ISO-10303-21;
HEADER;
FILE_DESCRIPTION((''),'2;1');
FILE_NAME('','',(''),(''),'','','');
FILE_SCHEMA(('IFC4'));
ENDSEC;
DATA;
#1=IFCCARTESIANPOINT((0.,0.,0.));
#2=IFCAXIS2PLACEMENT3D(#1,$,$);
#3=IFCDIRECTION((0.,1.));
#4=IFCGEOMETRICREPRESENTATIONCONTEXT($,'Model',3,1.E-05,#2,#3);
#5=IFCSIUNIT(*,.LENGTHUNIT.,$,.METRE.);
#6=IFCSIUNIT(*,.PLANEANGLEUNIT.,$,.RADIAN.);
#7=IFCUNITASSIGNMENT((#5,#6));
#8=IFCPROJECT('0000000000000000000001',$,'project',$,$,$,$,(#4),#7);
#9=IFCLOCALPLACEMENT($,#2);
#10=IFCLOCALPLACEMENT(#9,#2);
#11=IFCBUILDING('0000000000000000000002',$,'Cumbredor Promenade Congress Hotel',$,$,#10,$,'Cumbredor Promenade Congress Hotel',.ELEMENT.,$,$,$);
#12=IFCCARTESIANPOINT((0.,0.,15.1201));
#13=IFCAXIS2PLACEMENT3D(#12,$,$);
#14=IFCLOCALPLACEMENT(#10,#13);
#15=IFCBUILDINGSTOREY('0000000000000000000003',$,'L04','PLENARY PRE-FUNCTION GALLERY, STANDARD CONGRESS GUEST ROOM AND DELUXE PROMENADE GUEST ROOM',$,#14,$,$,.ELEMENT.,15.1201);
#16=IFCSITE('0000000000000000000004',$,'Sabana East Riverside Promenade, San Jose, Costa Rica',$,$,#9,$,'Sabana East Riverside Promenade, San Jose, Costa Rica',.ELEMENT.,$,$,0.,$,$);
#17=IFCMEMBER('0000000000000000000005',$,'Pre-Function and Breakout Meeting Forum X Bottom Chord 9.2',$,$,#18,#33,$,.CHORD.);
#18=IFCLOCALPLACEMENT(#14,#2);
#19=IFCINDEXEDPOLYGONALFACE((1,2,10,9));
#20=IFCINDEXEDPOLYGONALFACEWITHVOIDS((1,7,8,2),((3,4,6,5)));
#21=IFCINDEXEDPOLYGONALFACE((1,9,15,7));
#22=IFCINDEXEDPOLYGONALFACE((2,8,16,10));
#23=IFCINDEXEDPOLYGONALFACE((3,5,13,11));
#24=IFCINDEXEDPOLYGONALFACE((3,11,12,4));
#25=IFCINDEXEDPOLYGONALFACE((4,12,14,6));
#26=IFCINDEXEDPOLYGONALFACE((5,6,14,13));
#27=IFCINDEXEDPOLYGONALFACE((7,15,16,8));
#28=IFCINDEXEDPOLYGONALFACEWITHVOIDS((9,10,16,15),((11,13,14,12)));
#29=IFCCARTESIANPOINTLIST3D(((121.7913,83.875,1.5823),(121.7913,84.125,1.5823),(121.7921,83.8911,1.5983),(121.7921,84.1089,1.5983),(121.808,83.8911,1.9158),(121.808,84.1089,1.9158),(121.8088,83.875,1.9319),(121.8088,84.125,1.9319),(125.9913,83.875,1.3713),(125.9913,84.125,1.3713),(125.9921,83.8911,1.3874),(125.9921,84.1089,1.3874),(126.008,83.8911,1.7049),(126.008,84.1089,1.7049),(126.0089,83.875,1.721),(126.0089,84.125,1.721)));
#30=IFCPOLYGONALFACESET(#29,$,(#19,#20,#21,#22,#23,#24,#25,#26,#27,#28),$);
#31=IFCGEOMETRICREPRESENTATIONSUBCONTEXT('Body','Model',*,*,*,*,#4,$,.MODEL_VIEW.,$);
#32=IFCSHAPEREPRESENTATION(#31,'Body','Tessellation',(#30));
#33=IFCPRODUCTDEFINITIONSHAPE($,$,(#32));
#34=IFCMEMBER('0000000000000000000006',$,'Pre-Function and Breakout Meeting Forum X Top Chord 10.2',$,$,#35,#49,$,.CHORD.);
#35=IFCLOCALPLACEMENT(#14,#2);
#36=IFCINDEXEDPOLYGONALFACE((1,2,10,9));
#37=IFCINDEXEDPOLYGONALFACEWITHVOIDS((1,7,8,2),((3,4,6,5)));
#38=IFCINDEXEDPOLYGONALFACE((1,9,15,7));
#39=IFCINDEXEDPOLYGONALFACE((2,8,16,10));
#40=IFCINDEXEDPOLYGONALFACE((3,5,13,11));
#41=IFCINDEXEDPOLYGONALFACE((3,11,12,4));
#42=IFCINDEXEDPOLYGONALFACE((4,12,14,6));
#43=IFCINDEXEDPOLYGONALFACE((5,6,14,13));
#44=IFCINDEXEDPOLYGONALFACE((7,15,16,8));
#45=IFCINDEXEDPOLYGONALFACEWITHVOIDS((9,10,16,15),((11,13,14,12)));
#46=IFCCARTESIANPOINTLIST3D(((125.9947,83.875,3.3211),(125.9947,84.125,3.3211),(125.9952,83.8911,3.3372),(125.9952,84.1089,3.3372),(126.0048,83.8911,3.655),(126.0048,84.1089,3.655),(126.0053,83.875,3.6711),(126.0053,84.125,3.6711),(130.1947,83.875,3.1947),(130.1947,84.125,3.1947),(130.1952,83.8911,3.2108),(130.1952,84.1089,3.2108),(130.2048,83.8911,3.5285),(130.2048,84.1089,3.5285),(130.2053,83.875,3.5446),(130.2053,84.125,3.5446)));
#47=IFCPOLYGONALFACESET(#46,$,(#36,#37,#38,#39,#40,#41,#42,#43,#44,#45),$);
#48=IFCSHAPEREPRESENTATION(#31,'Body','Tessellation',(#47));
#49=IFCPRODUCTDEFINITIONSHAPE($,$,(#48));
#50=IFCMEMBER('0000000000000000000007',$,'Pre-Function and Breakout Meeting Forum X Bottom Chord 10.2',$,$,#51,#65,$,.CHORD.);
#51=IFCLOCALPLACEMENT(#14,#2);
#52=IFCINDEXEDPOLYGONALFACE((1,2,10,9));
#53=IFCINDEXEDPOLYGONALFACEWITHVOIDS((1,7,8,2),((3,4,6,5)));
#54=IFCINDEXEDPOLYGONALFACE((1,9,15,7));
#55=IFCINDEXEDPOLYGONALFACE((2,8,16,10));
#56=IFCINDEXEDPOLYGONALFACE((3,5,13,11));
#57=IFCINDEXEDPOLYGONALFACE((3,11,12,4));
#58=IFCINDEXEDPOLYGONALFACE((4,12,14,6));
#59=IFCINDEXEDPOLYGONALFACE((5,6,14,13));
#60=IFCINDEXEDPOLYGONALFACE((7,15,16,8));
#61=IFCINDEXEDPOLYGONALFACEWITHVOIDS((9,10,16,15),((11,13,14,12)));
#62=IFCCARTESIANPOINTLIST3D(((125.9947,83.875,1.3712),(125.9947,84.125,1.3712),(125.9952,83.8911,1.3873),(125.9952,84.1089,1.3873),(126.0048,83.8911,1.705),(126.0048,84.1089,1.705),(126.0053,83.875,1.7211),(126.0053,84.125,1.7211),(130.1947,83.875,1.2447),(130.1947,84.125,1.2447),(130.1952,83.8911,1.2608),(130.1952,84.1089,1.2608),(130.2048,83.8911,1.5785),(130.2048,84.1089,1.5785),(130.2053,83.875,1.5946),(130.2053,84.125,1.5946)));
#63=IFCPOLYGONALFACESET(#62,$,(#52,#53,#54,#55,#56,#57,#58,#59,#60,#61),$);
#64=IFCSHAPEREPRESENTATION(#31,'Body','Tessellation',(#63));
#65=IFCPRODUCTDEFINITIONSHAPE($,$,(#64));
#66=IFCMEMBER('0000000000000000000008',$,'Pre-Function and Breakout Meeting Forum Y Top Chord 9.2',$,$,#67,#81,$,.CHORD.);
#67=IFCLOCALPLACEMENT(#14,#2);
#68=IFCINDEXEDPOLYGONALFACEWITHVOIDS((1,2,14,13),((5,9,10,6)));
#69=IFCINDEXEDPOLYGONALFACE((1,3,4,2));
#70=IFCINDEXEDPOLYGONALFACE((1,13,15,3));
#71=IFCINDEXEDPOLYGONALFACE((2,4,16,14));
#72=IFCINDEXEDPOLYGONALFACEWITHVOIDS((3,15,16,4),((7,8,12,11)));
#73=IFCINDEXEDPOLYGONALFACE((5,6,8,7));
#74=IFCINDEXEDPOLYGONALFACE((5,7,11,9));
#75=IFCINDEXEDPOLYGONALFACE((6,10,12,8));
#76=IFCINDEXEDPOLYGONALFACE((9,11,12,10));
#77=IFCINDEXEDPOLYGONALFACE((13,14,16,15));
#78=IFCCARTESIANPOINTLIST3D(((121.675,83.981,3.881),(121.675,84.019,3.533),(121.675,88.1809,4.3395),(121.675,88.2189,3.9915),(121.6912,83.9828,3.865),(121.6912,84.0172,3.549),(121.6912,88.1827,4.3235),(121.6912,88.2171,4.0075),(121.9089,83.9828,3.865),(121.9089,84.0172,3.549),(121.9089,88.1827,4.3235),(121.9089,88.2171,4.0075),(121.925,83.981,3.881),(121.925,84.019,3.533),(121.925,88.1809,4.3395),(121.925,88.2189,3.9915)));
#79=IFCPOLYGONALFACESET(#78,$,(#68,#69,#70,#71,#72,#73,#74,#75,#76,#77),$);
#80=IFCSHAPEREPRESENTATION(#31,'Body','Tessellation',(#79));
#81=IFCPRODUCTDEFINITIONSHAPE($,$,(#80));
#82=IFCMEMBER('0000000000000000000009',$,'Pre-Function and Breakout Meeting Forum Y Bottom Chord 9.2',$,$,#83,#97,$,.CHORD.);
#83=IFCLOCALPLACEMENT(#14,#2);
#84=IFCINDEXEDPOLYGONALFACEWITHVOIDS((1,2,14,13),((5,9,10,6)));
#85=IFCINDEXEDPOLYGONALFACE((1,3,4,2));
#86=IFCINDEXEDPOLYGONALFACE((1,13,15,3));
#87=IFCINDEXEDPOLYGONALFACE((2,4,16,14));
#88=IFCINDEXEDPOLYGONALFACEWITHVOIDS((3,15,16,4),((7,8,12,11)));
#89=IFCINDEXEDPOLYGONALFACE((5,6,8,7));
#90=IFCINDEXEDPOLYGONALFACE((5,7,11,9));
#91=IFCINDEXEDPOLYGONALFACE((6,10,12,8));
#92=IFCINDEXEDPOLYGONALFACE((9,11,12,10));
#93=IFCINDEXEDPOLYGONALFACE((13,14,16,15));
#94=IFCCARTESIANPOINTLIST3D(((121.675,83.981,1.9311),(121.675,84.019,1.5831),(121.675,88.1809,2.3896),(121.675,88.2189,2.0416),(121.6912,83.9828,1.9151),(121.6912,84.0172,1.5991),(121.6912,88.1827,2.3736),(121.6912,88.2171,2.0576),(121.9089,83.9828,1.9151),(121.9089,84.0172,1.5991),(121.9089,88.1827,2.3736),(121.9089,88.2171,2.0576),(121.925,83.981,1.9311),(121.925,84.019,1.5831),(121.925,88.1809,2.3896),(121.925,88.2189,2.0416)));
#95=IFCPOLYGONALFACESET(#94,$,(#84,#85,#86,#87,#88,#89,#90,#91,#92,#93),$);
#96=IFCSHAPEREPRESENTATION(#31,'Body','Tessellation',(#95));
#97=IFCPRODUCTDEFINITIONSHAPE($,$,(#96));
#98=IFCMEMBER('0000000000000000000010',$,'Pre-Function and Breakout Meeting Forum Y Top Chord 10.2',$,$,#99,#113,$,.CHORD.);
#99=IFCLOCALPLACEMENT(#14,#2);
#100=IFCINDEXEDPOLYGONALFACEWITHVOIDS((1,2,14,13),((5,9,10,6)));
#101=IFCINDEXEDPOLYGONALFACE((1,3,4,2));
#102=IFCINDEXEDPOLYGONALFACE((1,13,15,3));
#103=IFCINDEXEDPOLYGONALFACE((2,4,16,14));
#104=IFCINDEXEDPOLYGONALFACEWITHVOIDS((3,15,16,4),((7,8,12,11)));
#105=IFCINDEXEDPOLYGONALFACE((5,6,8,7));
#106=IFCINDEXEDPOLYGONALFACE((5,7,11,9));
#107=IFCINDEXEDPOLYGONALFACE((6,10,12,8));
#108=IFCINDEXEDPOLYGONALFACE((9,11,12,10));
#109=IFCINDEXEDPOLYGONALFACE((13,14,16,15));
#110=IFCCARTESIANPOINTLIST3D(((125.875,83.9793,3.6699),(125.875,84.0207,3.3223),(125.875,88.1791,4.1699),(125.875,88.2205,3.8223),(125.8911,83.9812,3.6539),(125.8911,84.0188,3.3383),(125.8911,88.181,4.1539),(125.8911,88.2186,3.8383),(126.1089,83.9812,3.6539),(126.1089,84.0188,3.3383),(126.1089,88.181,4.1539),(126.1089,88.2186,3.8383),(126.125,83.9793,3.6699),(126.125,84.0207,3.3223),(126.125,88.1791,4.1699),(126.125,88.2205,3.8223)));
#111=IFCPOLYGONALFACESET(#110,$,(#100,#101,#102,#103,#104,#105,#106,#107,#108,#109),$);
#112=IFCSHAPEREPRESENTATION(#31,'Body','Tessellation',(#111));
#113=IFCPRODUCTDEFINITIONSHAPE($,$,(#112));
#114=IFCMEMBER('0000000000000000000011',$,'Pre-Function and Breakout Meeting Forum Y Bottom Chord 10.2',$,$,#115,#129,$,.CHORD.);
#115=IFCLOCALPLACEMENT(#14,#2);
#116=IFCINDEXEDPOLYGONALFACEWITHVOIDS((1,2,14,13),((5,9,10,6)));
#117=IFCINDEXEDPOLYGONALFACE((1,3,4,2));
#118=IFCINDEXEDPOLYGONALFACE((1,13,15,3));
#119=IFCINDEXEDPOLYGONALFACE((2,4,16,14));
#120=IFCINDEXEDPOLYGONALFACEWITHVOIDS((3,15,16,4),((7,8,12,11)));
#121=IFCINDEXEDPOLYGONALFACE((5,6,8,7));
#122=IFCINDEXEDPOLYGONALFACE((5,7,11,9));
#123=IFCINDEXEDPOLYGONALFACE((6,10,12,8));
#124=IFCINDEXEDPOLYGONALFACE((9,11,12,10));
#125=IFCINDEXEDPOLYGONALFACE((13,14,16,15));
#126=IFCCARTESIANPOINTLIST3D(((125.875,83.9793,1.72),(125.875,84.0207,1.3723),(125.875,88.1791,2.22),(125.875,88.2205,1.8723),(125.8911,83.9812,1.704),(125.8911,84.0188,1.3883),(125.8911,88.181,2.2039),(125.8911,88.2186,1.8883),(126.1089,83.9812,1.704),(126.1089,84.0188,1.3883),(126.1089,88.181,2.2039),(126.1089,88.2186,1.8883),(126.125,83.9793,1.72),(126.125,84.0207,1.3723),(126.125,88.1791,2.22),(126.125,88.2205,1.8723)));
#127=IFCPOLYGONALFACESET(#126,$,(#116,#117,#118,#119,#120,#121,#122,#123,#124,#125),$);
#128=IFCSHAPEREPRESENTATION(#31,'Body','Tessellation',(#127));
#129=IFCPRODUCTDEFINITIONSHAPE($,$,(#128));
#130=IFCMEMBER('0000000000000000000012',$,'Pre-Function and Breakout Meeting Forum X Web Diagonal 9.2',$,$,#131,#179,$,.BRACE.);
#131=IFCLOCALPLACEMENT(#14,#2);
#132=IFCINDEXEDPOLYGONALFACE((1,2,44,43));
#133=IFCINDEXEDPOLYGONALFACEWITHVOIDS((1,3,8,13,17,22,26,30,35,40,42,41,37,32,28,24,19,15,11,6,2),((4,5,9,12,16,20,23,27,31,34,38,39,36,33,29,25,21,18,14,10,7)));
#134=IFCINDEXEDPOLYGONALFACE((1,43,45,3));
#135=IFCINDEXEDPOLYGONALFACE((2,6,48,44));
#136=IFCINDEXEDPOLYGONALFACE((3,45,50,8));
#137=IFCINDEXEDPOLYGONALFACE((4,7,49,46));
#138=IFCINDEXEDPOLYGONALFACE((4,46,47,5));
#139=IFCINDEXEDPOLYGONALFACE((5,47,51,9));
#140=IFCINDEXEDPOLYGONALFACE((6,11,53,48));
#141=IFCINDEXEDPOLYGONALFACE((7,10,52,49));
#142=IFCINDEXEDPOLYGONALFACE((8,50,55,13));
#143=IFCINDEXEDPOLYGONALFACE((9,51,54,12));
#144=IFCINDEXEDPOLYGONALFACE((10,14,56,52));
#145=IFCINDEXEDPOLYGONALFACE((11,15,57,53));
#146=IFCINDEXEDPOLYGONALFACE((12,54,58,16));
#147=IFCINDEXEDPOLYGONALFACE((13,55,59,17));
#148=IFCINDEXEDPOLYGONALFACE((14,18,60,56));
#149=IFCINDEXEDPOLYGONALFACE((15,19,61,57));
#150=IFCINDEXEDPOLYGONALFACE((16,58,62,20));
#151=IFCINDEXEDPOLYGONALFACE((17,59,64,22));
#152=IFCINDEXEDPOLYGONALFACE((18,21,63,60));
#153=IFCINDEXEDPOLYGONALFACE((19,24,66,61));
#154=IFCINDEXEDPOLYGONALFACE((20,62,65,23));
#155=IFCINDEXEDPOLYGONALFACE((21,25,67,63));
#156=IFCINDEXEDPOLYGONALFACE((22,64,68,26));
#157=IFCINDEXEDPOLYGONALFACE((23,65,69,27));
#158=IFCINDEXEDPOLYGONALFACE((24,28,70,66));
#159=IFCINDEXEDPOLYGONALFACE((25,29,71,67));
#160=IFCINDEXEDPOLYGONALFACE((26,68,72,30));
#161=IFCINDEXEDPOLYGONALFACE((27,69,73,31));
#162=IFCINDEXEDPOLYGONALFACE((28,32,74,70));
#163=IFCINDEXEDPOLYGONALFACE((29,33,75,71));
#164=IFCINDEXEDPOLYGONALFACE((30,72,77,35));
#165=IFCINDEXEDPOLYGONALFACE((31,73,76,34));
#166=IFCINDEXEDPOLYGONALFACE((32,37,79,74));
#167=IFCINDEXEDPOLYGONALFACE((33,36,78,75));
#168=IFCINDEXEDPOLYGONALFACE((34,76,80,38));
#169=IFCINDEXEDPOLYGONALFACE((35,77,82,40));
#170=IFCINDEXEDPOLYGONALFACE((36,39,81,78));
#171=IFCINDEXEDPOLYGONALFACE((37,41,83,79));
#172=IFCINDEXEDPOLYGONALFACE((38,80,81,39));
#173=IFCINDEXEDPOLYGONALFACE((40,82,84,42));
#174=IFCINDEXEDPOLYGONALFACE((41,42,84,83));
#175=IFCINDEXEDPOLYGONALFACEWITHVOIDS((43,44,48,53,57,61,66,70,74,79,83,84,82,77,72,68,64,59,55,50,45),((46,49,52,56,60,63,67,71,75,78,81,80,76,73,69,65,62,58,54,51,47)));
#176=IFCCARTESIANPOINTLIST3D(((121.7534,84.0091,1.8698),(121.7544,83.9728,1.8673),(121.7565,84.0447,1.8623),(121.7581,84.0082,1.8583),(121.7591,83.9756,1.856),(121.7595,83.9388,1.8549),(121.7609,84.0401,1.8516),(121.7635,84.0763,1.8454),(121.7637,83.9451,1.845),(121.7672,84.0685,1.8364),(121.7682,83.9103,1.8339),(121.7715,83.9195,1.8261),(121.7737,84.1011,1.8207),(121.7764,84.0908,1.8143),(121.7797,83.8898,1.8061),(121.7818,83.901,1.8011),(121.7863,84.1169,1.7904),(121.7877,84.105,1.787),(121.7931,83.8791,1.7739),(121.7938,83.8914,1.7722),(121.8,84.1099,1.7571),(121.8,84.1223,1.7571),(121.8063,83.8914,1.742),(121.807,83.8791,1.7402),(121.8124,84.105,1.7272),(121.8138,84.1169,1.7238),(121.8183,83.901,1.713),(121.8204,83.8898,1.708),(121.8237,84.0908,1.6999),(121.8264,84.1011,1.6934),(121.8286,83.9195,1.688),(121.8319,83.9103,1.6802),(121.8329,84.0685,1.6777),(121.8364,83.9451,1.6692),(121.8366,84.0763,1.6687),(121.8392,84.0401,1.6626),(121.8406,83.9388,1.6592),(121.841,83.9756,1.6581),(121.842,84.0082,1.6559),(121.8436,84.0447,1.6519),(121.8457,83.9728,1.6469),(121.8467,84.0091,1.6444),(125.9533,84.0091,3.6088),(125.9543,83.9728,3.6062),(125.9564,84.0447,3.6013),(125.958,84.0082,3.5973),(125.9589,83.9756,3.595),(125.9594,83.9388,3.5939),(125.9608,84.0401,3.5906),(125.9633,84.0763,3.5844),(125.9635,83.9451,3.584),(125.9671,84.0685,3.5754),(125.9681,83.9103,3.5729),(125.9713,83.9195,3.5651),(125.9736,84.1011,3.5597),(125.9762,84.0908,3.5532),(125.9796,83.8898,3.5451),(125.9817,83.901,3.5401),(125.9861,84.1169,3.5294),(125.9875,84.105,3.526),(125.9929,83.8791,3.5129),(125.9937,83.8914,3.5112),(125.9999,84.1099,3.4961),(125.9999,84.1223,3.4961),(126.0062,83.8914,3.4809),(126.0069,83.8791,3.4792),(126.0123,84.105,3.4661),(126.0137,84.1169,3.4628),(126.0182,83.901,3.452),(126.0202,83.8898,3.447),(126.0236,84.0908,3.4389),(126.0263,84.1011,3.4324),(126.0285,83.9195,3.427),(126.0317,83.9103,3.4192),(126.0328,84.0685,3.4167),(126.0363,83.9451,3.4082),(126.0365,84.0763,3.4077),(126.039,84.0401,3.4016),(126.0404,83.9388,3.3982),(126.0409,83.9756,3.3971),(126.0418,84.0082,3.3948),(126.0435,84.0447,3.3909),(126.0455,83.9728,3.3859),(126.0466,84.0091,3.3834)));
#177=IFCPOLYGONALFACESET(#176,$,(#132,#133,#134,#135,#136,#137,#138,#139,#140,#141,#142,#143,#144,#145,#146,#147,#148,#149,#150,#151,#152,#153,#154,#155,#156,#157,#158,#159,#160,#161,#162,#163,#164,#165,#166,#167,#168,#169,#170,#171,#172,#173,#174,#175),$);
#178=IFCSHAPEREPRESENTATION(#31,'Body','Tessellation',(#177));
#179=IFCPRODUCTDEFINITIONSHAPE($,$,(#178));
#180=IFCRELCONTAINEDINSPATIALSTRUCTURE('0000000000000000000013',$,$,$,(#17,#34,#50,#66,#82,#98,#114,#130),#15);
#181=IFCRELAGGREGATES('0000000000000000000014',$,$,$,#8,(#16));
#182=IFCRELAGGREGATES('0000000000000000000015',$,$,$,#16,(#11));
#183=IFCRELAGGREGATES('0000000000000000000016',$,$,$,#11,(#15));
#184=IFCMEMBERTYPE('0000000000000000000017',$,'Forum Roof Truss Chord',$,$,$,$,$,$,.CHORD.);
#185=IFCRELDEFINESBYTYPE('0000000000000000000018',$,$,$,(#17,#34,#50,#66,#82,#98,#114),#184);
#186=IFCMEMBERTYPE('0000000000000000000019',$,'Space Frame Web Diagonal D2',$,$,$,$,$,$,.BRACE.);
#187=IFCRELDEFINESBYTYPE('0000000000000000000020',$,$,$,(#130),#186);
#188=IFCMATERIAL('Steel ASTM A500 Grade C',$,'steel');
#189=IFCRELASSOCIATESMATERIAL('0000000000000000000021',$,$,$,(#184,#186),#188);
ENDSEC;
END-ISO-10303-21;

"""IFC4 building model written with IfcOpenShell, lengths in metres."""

from ifc_helpers import new_model, si_unit, direction, frame, origin, origin_2d, place, context, subcontext, project, spatial, hollow_rectangle, hollow_circle, extrude, material, material_profile, profile_set, type_object, element, save


model = new_model("IFC4")

# Units and contexts
model_context = context("Model", 3, precision=1e-05, world=origin(), true_north=direction((0.0, 1.0)))
body_context = subcontext(model_context, "Body", "Model", "MODEL_VIEW")
ifc_project = project(units=[si_unit("LENGTHUNIT", "METRE"), si_unit("PLANEANGLEUNIT", "RADIAN")], contexts=[model_context])

# Site, building, storey
site_placement = place(None, origin())
site = spatial("IfcSite", under=ifc_project, at=site_placement, Name="Sabana East Riverside Promenade, San Jose, Costa Rica", LongName="Sabana East Riverside Promenade, San Jose, Costa Rica", CompositionType="ELEMENT", RefElevation=0.0)
building_placement = place(site_placement, origin())
building = spatial("IfcBuilding", under=site, at=building_placement, Name="Cumbredor Promenade Congress Hotel", LongName="Cumbredor Promenade Congress Hotel", CompositionType="ELEMENT")
storey_placement = place(building_placement, frame((0.0, 0.0, 15.1201)))
storey = spatial("IfcBuildingStorey", under=building, at=storey_placement, Name="L04", Description="PLENARY PRE-FUNCTION GALLERY, STANDARD CONGRESS GUEST ROOM AND DELUXE PROMENADE GUEST ROOM", CompositionType="ELEMENT", Elevation=15.1201)

# Members
ifc_material_1 = material(Name="Steel ASTM A500 Grade C", Category="steel")
ifc_material_profile_1 = material_profile(ifc_material_1, hollow_rectangle(XDim=0.25, YDim=0.3501, WallThickness=0.0161, at=origin_2d()), Name="HSS 350x250x16")
ifc_profile_set_1 = profile_set([ifc_material_profile_1], Name="Steel ASTM A500 Grade C")
member_type_1 = type_object("IfcMemberType", Name="Forum Roof Truss Chord", PredefinedType="CHORD", material=ifc_profile_set_1)
member_1_placement = place(storey_placement, frame((121.8, 84.0, 1.7571), z_axis=(0.998741, 0.0, -0.050161), x_axis=(0.0, 1.0, 0.0)))
element("IfcMember", 1, at=member_1_placement, inside=storey, type_object=member_type_1, Name="Pre-Function and Breakout Meeting Forum X Bottom Chord 9.2", PredefinedType="CHORD", context=body_context, shape_type="SweptSolid", body=[
    extrude(hollow_rectangle(XDim=0.25, YDim=0.3501, WallThickness=0.0161, at=origin_2d()), origin(), (0.0, 0.0, 1.0), 4.2053),
])
for number, where, z_axis, x_axis, name in (
    (2, (126.0, 84.0, 3.4961), (0.999547, 0.0, -0.030097), (0.0, 1.0, 0.0), "Pre-Function and Breakout Meeting Forum X Top Chord 10.2"),
    (3, (126.0, 84.0, 1.5461), (0.999547, 0.0, -0.030097), (0.0, 1.0, 0.0), "Pre-Function and Breakout Meeting Forum X Bottom Chord 10.2"),
):
    element("IfcMember", number, at=place(storey_placement, frame(where, z_axis=z_axis, x_axis=x_axis)), inside=storey, type_object=member_type_1, Name=name, PredefinedType="CHORD", context=body_context, shape_type="SweptSolid", body=[
        extrude(hollow_rectangle(XDim=0.25, YDim=0.3501, WallThickness=0.0161, at=origin_2d()), origin(), (0.0, 0.0, 1.0), 4.2019),
    ])
for number, where, z_axis, x_axis, name in (
    (4, (121.8, 84.0, 3.707), (0.0, 0.994094, 0.108522), (-1.0, 0.0, 0.0), "Pre-Function and Breakout Meeting Forum Y Top Chord 9.2"),
    (5, (121.8, 84.0, 1.7571), (0.0, 0.994094, 0.108522), (-1.0, 0.0, 0.0), "Pre-Function and Breakout Meeting Forum Y Bottom Chord 9.2"),
):
    element("IfcMember", number, at=place(storey_placement, frame(where, z_axis=z_axis, x_axis=x_axis)), inside=storey, type_object=member_type_1, Name=name, PredefinedType="CHORD", context=body_context, shape_type="SweptSolid", body=[
        extrude(hollow_rectangle(XDim=0.25, YDim=0.3501, WallThickness=0.0161, at=origin_2d()), origin(), (0.0, 0.0, 1.0), 4.2249),
    ])
for number, where, z_axis, x_axis, name in (
    (6, (126.0, 84.0, 3.4961), (0.0, 0.992988, 0.118214), (-1.0, 0.0, 0.0), "Pre-Function and Breakout Meeting Forum Y Top Chord 10.2"),
    (7, (126.0, 84.0, 1.5461), (0.0, 0.992988, 0.118214), (-1.0, 0.0, 0.0), "Pre-Function and Breakout Meeting Forum Y Bottom Chord 10.2"),
):
    element("IfcMember", number, at=place(storey_placement, frame(where, z_axis=z_axis, x_axis=x_axis)), inside=storey, type_object=member_type_1, Name=name, PredefinedType="CHORD", context=body_context, shape_type="SweptSolid", body=[
        extrude(hollow_rectangle(XDim=0.25, YDim=0.3501, WallThickness=0.0161, at=origin_2d()), origin(), (0.0, 0.0, 1.0), 4.2295),
    ])
ifc_material_profile_2 = material_profile(ifc_material_1, hollow_circle(Radius=0.1223, WallThickness=0.0125, at=origin_2d()), Name="CHS 244.5x12.5")
ifc_profile_set_2 = profile_set([ifc_material_profile_2], Name="Steel ASTM A500 Grade C")
member_type_2 = type_object("IfcMemberType", Name="Space Frame Web Diagonal D2", PredefinedType="BRACE", material=ifc_profile_set_2)
member_2_placement = place(storey_placement, frame((121.8, 84.0, 1.7571), z_axis=(0.923931, 0.0, 0.382559), x_axis=(0.0, 1.0, 0.0)))
element("IfcMember", 8, at=member_2_placement, inside=storey, type_object=member_type_2, Name="Pre-Function and Breakout Meeting Forum X Web Diagonal 9.2", PredefinedType="BRACE", context=body_context, shape_type="SweptSolid", body=[
    extrude(hollow_circle(Radius=0.1223, WallThickness=0.0125, at=origin_2d()), origin(), (0.0, 0.0, 1.0), 4.5457),
])

save(model, "model.ifc")
